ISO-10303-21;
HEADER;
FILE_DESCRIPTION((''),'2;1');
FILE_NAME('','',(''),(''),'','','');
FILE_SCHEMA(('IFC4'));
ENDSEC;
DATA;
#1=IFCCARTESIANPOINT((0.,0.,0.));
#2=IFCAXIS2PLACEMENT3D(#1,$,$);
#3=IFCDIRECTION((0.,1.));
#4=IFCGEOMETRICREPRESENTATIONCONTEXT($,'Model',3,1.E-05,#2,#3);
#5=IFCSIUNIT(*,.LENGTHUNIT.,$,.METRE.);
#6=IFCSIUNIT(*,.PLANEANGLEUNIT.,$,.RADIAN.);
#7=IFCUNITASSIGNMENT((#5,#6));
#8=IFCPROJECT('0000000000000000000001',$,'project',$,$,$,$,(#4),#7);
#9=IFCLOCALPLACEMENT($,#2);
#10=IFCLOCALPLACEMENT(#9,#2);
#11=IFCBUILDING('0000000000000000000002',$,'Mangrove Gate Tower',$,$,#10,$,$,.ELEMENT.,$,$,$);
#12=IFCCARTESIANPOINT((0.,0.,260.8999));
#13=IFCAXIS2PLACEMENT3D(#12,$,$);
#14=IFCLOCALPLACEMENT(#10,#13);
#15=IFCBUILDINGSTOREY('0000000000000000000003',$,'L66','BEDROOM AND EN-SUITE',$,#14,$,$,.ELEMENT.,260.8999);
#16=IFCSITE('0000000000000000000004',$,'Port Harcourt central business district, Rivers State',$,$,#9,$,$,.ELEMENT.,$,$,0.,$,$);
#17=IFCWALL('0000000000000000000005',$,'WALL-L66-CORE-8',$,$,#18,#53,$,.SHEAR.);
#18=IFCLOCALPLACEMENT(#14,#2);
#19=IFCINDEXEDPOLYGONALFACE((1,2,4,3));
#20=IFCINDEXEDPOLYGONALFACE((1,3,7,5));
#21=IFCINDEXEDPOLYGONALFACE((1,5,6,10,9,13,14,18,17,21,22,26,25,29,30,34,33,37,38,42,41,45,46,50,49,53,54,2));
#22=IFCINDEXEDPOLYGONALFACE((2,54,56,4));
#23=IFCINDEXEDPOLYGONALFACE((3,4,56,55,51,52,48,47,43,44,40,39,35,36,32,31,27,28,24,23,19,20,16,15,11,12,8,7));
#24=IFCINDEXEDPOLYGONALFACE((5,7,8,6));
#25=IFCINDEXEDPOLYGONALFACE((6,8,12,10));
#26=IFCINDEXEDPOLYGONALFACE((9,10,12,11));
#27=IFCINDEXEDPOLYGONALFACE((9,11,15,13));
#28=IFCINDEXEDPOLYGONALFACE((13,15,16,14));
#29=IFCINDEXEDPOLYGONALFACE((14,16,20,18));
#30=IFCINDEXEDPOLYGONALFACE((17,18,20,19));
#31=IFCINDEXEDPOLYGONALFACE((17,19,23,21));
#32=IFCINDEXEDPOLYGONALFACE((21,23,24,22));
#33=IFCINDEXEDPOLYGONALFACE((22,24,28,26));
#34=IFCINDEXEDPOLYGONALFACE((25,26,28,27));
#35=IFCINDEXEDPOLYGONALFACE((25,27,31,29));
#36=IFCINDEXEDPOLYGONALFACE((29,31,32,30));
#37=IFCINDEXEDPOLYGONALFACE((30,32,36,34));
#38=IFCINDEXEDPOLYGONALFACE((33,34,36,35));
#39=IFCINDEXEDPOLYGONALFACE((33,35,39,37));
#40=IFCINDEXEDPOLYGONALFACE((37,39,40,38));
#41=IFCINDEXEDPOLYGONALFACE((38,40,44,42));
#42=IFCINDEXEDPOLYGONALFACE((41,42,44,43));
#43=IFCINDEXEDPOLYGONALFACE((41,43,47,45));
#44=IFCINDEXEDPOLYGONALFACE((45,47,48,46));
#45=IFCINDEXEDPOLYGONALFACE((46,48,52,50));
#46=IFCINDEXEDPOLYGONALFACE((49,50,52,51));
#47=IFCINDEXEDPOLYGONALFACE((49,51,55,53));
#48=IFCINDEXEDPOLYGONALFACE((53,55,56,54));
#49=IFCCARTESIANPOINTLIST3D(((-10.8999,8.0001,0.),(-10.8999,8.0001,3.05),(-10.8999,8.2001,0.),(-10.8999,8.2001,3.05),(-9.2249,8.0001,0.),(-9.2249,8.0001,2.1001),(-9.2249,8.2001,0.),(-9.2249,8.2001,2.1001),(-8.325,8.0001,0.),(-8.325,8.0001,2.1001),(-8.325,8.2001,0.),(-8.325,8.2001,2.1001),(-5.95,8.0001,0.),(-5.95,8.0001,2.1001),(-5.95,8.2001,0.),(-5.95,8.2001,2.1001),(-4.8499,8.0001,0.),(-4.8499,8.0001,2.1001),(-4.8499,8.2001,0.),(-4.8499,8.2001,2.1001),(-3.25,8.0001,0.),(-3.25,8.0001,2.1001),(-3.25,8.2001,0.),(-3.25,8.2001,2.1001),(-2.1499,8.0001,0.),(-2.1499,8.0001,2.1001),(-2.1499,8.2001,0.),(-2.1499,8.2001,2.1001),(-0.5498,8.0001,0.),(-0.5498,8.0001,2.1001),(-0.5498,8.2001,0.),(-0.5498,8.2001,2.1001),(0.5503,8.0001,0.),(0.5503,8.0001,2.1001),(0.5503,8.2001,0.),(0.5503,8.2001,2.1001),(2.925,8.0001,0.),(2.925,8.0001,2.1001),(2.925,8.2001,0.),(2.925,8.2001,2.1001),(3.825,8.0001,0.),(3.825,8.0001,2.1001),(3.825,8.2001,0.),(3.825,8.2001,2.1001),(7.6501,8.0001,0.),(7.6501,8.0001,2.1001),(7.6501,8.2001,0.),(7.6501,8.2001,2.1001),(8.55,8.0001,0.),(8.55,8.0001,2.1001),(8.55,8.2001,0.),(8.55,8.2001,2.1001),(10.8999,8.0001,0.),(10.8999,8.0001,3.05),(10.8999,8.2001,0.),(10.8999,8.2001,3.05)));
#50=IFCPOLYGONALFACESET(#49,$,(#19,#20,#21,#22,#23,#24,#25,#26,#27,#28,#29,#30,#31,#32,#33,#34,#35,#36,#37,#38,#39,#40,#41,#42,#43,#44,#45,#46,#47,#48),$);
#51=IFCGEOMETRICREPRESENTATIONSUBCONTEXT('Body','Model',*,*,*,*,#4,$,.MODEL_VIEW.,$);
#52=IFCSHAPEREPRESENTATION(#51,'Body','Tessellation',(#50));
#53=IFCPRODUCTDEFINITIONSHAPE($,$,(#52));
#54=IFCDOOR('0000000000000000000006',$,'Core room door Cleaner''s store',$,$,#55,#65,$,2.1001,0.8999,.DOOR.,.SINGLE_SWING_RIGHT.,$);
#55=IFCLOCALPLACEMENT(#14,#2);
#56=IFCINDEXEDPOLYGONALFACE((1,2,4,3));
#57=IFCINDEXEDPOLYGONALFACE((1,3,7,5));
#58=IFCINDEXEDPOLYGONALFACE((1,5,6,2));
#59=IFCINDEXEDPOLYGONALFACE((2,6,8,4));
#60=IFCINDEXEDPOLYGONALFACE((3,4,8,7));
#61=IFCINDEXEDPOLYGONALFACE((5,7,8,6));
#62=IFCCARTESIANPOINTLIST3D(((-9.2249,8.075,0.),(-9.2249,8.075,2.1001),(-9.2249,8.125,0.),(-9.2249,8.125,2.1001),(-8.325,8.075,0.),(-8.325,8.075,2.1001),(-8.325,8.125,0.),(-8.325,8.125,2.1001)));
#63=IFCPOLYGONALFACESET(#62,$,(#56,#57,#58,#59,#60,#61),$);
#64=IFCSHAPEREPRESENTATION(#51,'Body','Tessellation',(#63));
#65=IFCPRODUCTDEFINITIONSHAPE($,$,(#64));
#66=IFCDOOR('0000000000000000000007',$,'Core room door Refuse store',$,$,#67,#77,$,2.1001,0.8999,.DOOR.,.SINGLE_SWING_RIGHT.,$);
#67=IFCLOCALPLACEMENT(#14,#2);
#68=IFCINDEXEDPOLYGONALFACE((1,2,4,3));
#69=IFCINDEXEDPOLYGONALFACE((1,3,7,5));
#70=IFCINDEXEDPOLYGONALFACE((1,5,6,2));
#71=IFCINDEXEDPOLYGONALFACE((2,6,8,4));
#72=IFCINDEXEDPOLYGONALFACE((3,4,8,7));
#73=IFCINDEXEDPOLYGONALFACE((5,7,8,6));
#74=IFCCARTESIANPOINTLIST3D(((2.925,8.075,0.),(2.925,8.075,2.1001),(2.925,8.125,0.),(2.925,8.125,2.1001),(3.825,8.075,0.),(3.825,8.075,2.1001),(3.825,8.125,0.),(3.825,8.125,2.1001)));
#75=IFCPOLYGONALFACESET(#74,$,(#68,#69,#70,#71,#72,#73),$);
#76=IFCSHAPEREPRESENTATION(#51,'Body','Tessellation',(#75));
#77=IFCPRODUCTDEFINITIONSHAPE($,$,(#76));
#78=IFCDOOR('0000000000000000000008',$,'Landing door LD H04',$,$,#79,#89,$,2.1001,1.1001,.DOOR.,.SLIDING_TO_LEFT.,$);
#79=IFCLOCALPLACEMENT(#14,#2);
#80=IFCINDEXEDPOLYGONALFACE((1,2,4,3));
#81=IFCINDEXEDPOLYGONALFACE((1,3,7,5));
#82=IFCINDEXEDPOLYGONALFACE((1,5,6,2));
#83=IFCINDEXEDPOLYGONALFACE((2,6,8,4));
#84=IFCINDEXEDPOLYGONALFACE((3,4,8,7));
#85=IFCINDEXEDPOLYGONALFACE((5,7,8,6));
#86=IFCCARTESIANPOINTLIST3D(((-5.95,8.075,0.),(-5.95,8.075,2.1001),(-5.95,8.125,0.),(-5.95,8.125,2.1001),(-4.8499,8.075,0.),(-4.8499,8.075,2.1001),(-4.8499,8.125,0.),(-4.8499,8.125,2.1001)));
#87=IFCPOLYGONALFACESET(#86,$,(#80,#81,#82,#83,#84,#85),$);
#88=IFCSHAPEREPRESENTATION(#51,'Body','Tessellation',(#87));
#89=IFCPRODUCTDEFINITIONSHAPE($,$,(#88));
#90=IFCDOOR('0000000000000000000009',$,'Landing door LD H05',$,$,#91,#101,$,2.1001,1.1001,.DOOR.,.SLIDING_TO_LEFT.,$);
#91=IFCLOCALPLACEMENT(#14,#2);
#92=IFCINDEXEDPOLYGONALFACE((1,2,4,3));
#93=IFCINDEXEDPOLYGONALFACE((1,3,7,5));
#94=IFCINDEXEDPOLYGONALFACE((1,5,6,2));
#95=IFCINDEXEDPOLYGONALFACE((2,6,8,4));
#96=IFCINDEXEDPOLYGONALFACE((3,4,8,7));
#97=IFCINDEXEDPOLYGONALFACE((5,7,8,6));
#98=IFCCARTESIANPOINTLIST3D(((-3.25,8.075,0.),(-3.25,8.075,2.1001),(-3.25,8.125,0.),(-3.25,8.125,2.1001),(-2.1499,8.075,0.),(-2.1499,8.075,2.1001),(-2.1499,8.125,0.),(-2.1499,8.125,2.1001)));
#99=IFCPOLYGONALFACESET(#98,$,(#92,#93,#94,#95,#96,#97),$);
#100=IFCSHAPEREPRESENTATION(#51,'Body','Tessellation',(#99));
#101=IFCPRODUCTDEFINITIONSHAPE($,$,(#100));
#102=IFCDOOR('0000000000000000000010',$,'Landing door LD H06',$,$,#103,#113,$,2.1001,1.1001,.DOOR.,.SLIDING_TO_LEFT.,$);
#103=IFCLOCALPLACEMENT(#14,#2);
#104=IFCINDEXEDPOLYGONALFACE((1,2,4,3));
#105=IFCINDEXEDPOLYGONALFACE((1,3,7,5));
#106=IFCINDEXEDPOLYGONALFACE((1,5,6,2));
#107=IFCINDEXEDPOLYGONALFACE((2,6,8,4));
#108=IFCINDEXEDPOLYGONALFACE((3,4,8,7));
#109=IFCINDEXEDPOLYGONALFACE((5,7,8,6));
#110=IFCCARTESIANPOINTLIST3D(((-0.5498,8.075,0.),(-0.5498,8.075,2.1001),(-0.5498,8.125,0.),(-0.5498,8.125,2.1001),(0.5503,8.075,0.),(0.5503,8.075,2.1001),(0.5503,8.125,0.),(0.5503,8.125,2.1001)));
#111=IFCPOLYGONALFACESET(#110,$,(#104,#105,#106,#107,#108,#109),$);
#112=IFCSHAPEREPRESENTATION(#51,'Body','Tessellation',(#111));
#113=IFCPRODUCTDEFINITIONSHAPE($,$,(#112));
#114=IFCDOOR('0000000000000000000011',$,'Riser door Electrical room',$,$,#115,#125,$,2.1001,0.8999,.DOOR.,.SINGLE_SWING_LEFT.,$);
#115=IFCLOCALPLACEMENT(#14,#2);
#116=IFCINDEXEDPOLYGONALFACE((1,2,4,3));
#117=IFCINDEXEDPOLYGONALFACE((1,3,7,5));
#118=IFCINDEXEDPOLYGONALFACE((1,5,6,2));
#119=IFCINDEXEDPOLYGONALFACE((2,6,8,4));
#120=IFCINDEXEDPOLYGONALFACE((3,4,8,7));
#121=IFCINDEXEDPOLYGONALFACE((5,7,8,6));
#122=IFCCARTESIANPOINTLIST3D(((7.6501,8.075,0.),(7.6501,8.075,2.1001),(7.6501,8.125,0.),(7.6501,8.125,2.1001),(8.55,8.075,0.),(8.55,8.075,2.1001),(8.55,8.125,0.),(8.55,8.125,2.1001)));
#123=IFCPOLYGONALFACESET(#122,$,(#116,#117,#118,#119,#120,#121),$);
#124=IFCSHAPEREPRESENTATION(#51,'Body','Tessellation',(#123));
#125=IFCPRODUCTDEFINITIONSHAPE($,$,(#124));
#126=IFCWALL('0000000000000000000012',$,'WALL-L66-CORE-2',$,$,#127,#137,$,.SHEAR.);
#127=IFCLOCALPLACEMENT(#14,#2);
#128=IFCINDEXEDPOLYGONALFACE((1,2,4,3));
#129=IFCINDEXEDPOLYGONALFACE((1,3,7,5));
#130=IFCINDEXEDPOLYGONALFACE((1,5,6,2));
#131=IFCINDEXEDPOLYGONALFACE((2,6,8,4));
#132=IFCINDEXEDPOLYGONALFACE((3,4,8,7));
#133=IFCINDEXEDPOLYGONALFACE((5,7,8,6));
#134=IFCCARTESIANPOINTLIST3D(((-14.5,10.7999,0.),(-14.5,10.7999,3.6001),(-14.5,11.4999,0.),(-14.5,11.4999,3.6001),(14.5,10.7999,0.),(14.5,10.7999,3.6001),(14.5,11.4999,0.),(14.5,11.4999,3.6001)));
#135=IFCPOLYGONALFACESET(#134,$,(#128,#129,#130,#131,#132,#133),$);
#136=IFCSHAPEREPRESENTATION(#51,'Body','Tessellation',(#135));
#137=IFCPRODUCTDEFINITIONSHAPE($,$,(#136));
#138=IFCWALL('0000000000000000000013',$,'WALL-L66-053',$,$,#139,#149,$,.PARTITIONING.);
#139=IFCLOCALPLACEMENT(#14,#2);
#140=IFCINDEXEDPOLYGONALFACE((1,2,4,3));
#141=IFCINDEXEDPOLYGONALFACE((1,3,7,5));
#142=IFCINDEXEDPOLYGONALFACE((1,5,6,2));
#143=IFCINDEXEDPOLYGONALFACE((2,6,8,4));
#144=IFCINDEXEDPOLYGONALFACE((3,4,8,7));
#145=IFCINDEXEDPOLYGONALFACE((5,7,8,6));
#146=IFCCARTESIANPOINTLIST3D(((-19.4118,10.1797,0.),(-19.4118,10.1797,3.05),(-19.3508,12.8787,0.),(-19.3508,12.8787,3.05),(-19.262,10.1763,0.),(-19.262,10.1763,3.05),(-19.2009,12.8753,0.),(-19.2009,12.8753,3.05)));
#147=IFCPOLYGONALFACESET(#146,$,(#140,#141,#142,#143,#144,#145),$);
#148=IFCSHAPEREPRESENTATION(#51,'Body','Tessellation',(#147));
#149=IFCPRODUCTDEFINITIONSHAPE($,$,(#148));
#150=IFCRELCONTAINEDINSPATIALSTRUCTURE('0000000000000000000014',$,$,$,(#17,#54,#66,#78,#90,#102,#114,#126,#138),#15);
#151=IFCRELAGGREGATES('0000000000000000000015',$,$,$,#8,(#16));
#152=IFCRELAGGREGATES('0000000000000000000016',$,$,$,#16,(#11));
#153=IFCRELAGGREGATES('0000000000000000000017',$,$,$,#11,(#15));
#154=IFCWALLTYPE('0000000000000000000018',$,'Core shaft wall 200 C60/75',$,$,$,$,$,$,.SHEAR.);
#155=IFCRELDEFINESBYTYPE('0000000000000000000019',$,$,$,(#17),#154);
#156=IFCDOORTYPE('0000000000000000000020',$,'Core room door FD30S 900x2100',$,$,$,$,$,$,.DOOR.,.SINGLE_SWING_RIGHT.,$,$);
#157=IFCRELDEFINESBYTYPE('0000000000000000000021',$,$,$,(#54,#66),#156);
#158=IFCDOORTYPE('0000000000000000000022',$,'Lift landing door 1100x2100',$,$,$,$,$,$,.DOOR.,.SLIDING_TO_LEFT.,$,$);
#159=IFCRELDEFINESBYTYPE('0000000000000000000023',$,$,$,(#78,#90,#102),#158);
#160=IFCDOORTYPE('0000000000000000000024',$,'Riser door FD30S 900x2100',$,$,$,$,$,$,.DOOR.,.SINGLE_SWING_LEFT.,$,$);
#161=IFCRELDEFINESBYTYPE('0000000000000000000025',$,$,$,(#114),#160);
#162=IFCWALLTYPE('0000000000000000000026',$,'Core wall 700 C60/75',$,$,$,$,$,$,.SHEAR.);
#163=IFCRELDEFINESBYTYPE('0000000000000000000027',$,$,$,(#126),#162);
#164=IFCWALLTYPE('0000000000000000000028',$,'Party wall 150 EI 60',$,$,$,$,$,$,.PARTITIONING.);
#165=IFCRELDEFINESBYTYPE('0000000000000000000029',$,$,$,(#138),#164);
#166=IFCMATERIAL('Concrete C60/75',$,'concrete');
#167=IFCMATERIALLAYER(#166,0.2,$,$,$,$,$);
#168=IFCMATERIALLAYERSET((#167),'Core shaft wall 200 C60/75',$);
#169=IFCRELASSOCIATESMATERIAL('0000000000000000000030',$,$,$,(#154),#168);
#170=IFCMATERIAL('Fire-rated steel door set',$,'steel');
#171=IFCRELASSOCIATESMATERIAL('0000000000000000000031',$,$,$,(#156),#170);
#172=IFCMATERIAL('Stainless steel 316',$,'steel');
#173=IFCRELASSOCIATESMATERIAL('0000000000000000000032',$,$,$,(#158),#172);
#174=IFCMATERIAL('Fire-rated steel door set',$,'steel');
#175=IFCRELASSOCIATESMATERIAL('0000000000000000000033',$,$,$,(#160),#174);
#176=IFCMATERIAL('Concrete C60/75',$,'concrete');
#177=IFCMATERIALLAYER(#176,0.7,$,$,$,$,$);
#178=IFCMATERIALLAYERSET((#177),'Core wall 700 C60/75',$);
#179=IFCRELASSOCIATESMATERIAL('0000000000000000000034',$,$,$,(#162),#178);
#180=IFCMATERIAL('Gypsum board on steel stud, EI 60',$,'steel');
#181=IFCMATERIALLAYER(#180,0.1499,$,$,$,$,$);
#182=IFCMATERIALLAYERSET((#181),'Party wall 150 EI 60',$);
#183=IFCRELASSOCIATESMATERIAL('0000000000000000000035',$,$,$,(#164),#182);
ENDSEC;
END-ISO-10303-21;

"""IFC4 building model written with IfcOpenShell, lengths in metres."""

from ifc_helpers import new_model, si_unit, direction, frame, frame_2d, origin, place, context, subcontext, project, spatial, rectangle, extrude, material, layer, layer_set, type_object, element, fill, save


model = new_model("IFC4")

# Units and contexts
model_context = context("Model", 3, precision=1e-05, world=origin(), true_north=direction((0.0, 1.0)))
body_context = subcontext(model_context, "Body", "Model", "MODEL_VIEW")
ifc_project = project(units=[si_unit("LENGTHUNIT", "METRE"), si_unit("PLANEANGLEUNIT", "RADIAN")], contexts=[model_context])

# Site, building, storey
site_placement = place(None, origin())
site = spatial("IfcSite", under=ifc_project, at=site_placement, Name="Port Harcourt central business district, Rivers State", CompositionType="ELEMENT", RefElevation=0.0)
building_placement = place(site_placement, origin())
building = spatial("IfcBuilding", under=site, at=building_placement, Name="Mangrove Gate Tower", CompositionType="ELEMENT")
storey_placement = place(building_placement, frame((0.0, 0.0, 260.8999)))
storey = spatial("IfcBuildingStorey", under=building, at=storey_placement, Name="L66", Description="BEDROOM AND EN-SUITE", CompositionType="ELEMENT", Elevation=260.8999)

# Wall, openings, doors
ifc_material_1 = material(Name="Concrete C60/75", Category="concrete")
ifc_layer_1 = layer(ifc_material_1, 0.2)
ifc_layer_set_1 = layer_set([ifc_layer_1], Name="Core shaft wall 200 C60/75")
wall_type_1 = type_object("IfcWallType", Name="Core shaft wall 200 C60/75", PredefinedType="SHEAR", material=ifc_layer_set_1)
ifc_material_2 = material(Name="Fire-rated steel door set", Category="steel")
door_type_1 = type_object("IfcDoorType", Name="Core room door FD30S 900x2100", OperationType="SINGLE_SWING_RIGHT", PredefinedType="DOOR", material=ifc_material_2)
ifc_material_3 = material(Name="Stainless steel 316", Category="steel")
door_type_2 = type_object("IfcDoorType", Name="Lift landing door 1100x2100", OperationType="SLIDING_TO_LEFT", PredefinedType="DOOR", material=ifc_material_3)
wall_1_placement = place(storey_placement, frame((-10.8999, 8.1001, 0.0), z_axis=(0.0, 0.0, 1.0), x_axis=(1.0, 0.0, 0.0)))
wall_1 = element("IfcWall", 1, at=wall_1_placement, inside=storey, type_object=wall_type_1, Name="WALL-L66-CORE-8", PredefinedType="SHEAR", context=body_context, shape_type="SweptSolid", body=[
    extrude(rectangle(XDim=21.7998, YDim=0.2, at=frame_2d((10.8999, 0.0))), origin(), (0.0, 0.0, 1.0), 3.05),
])
opening_1_placement = place(wall_1_placement, frame((4.95, 0.0, 0.0)))
opening_1 = element("IfcOpeningElement", 2, at=opening_1_placement, cuts=wall_1, PredefinedType="OPENING", context=body_context, shape_type="SweptSolid", body=[
    extrude(rectangle(XDim=1.1001, YDim=2.1001, at=frame_2d((0.55, 1.05))), frame((0.0, 0.1099, 0.0), z_axis=(0.0, -1.0, 0.0), x_axis=(1.0, 0.0, 0.0)), (0.0, 0.0, 1.0), 0.22),
])
opening_2_placement = place(wall_1_placement, frame((7.6499, 0.0, 0.0)))
opening_2 = element("IfcOpeningElement", 3, at=opening_2_placement, cuts=wall_1, PredefinedType="OPENING", context=body_context, shape_type="SweptSolid", body=[
    extrude(rectangle(XDim=1.1001, YDim=2.1001, at=frame_2d((0.55, 1.05))), frame((0.0, 0.1099, 0.0), z_axis=(0.0, -1.0, 0.0), x_axis=(1.0, 0.0, 0.0)), (0.0, 0.0, 1.0), 0.22),
])
opening_3_placement = place(wall_1_placement, frame((10.3501, 0.0, 0.0)))
opening_3 = element("IfcOpeningElement", 4, at=opening_3_placement, cuts=wall_1, PredefinedType="OPENING", context=body_context, shape_type="SweptSolid", body=[
    extrude(rectangle(XDim=1.1001, YDim=2.1001, at=frame_2d((0.55, 1.05))), frame((0.0, 0.1099, 0.0), z_axis=(0.0, -1.0, 0.0), x_axis=(1.0, 0.0, 0.0)), (0.0, 0.0, 1.0), 0.22),
])
opening_4_placement = place(wall_1_placement, frame((1.675, 0.0, 0.0)))
opening_4 = element("IfcOpeningElement", 5, at=opening_4_placement, cuts=wall_1, PredefinedType="OPENING", context=body_context, shape_type="SweptSolid", body=[
    extrude(rectangle(XDim=0.8999, YDim=2.1001, at=frame_2d((0.45, 1.05))), frame((0.0, 0.1099, 0.0), z_axis=(0.0, -1.0, 0.0), x_axis=(1.0, 0.0, 0.0)), (0.0, 0.0, 1.0), 0.22),
])
opening_5_placement = place(wall_1_placement, frame((13.825, 0.0, 0.0)))
opening_5 = element("IfcOpeningElement", 6, at=opening_5_placement, cuts=wall_1, PredefinedType="OPENING", context=body_context, shape_type="SweptSolid", body=[
    extrude(rectangle(XDim=0.8999, YDim=2.1001, at=frame_2d((0.45, 1.05))), frame((0.0, 0.1099, 0.0), z_axis=(0.0, -1.0, 0.0), x_axis=(1.0, 0.0, 0.0)), (0.0, 0.0, 1.0), 0.22),
])
opening_6_placement = place(wall_1_placement, frame((18.55, 0.0, 0.0)))
opening_6 = element("IfcOpeningElement", 7, at=opening_6_placement, cuts=wall_1, PredefinedType="OPENING", context=body_context, shape_type="SweptSolid", body=[
    extrude(rectangle(XDim=0.8999, YDim=2.1001, at=frame_2d((0.45, 1.05))), frame((0.0, 0.1099, 0.0), z_axis=(0.0, -1.0, 0.0), x_axis=(1.0, 0.0, 0.0)), (0.0, 0.0, 1.0), 0.22),
])
door_1_placement = place(opening_4_placement, origin())
door_1 = element("IfcDoor", 8, at=door_1_placement, inside=storey, type_object=door_type_1, Name="Core room door Cleaner's store", OperationType="SINGLE_SWING_RIGHT", OverallHeight=2.1001, OverallWidth=0.8999, PredefinedType="DOOR", context=body_context, shape_type="SweptSolid", body=[
    extrude(rectangle(XDim=0.8999, YDim=2.1001, at=frame_2d((0.45, 1.05))), frame((0.0, 0.0249, 0.0), z_axis=(0.0, -1.0, 0.0), x_axis=(1.0, 0.0, 0.0)), (0.0, 0.0, 1.0), 0.05),
])
fill(opening_4, door_1)
door_2_placement = place(opening_5_placement, origin())
door_2 = element("IfcDoor", 9, at=door_2_placement, inside=storey, type_object=door_type_1, Name="Core room door Refuse store", OperationType="SINGLE_SWING_RIGHT", OverallHeight=2.1001, OverallWidth=0.8999, PredefinedType="DOOR", context=body_context, shape_type="SweptSolid", body=[
    extrude(rectangle(XDim=0.8999, YDim=2.1001, at=frame_2d((0.45, 1.05))), frame((0.0, 0.0249, 0.0), z_axis=(0.0, -1.0, 0.0), x_axis=(1.0, 0.0, 0.0)), (0.0, 0.0, 1.0), 0.05),
])
fill(opening_5, door_2)
door_3_placement = place(opening_1_placement, origin())
door_3 = element("IfcDoor", 10, at=door_3_placement, inside=storey, type_object=door_type_2, Name="Landing door LD H04", OperationType="SLIDING_TO_LEFT", OverallHeight=2.1001, OverallWidth=1.1001, PredefinedType="DOOR", context=body_context, shape_type="SweptSolid", body=[
    extrude(rectangle(XDim=1.1001, YDim=2.1001, at=frame_2d((0.55, 1.05))), frame((0.0, 0.0249, 0.0), z_axis=(0.0, -1.0, 0.0), x_axis=(1.0, 0.0, 0.0)), (0.0, 0.0, 1.0), 0.05),
])
fill(opening_1, door_3)
door_4_placement = place(opening_2_placement, origin())
door_4 = element("IfcDoor", 11, at=door_4_placement, inside=storey, type_object=door_type_2, Name="Landing door LD H05", OperationType="SLIDING_TO_LEFT", OverallHeight=2.1001, OverallWidth=1.1001, PredefinedType="DOOR", context=body_context, shape_type="SweptSolid", body=[
    extrude(rectangle(XDim=1.1001, YDim=2.1001, at=frame_2d((0.55, 1.05))), frame((0.0, 0.0249, 0.0), z_axis=(0.0, -1.0, 0.0), x_axis=(1.0, 0.0, 0.0)), (0.0, 0.0, 1.0), 0.05),
])
fill(opening_2, door_4)
door_5_placement = place(opening_3_placement, origin())
door_5 = element("IfcDoor", 12, at=door_5_placement, inside=storey, type_object=door_type_2, Name="Landing door LD H06", OperationType="SLIDING_TO_LEFT", OverallHeight=2.1001, OverallWidth=1.1001, PredefinedType="DOOR", context=body_context, shape_type="SweptSolid", body=[
    extrude(rectangle(XDim=1.1001, YDim=2.1001, at=frame_2d((0.55, 1.05))), frame((0.0, 0.0249, 0.0), z_axis=(0.0, -1.0, 0.0), x_axis=(1.0, 0.0, 0.0)), (0.0, 0.0, 1.0), 0.05),
])
fill(opening_3, door_5)
ifc_material_4 = material(Name="Fire-rated steel door set", Category="steel")
door_type_3 = type_object("IfcDoorType", Name="Riser door FD30S 900x2100", OperationType="SINGLE_SWING_LEFT", PredefinedType="DOOR", material=ifc_material_4)
door_6_placement = place(opening_6_placement, origin())
door_6 = element("IfcDoor", 13, at=door_6_placement, inside=storey, type_object=door_type_3, Name="Riser door Electrical room", OperationType="SINGLE_SWING_LEFT", OverallHeight=2.1001, OverallWidth=0.8999, PredefinedType="DOOR", context=body_context, shape_type="SweptSolid", body=[
    extrude(rectangle(XDim=0.8999, YDim=2.1001, at=frame_2d((0.45, 1.05))), frame((0.0, 0.0249, 0.0), z_axis=(0.0, -1.0, 0.0), x_axis=(1.0, 0.0, 0.0)), (0.0, 0.0, 1.0), 0.05),
])
fill(opening_6, door_6)

# Walls
ifc_material_5 = material(Name="Concrete C60/75", Category="concrete")
ifc_layer_2 = layer(ifc_material_5, 0.7)
ifc_layer_set_2 = layer_set([ifc_layer_2], Name="Core wall 700 C60/75")
wall_type_2 = type_object("IfcWallType", Name="Core wall 700 C60/75", PredefinedType="SHEAR", material=ifc_layer_set_2)
wall_2_placement = place(storey_placement, frame((-14.5, 11.1499, 0.0), z_axis=(0.0, 0.0, 1.0), x_axis=(1.0, 0.0, 0.0)))
element("IfcWall", 14, at=wall_2_placement, inside=storey, type_object=wall_type_2, Name="WALL-L66-CORE-2", PredefinedType="SHEAR", context=body_context, shape_type="SweptSolid", body=[
    extrude(rectangle(XDim=29.0, YDim=0.7, at=frame_2d((14.5, 0.0))), origin(), (0.0, 0.0, 1.0), 3.6001),
])
ifc_material_6 = material(Name="Gypsum board on steel stud, EI 60", Category="steel")
ifc_layer_3 = layer(ifc_material_6, 0.1499)
ifc_layer_set_3 = layer_set([ifc_layer_3], Name="Party wall 150 EI 60")
wall_type_3 = type_object("IfcWallType", Name="Party wall 150 EI 60", PredefinedType="PARTITIONING", material=ifc_layer_set_3)
wall_3_placement = place(storey_placement, frame((-19.3369, 10.178, 0.0), z_axis=(0.0, 0.0, 1.0), x_axis=(0.022608, 0.999744, 0.0)))
element("IfcWall", 15, at=wall_3_placement, inside=storey, type_object=wall_type_3, Name="WALL-L66-053", PredefinedType="PARTITIONING", context=body_context, shape_type="SweptSolid", body=[
    extrude(rectangle(XDim=2.6997, YDim=0.1499, at=frame_2d((1.3499, 0.0))), origin(), (0.0, 0.0, 1.0), 3.05),
])

save(model, "model.ifc")
